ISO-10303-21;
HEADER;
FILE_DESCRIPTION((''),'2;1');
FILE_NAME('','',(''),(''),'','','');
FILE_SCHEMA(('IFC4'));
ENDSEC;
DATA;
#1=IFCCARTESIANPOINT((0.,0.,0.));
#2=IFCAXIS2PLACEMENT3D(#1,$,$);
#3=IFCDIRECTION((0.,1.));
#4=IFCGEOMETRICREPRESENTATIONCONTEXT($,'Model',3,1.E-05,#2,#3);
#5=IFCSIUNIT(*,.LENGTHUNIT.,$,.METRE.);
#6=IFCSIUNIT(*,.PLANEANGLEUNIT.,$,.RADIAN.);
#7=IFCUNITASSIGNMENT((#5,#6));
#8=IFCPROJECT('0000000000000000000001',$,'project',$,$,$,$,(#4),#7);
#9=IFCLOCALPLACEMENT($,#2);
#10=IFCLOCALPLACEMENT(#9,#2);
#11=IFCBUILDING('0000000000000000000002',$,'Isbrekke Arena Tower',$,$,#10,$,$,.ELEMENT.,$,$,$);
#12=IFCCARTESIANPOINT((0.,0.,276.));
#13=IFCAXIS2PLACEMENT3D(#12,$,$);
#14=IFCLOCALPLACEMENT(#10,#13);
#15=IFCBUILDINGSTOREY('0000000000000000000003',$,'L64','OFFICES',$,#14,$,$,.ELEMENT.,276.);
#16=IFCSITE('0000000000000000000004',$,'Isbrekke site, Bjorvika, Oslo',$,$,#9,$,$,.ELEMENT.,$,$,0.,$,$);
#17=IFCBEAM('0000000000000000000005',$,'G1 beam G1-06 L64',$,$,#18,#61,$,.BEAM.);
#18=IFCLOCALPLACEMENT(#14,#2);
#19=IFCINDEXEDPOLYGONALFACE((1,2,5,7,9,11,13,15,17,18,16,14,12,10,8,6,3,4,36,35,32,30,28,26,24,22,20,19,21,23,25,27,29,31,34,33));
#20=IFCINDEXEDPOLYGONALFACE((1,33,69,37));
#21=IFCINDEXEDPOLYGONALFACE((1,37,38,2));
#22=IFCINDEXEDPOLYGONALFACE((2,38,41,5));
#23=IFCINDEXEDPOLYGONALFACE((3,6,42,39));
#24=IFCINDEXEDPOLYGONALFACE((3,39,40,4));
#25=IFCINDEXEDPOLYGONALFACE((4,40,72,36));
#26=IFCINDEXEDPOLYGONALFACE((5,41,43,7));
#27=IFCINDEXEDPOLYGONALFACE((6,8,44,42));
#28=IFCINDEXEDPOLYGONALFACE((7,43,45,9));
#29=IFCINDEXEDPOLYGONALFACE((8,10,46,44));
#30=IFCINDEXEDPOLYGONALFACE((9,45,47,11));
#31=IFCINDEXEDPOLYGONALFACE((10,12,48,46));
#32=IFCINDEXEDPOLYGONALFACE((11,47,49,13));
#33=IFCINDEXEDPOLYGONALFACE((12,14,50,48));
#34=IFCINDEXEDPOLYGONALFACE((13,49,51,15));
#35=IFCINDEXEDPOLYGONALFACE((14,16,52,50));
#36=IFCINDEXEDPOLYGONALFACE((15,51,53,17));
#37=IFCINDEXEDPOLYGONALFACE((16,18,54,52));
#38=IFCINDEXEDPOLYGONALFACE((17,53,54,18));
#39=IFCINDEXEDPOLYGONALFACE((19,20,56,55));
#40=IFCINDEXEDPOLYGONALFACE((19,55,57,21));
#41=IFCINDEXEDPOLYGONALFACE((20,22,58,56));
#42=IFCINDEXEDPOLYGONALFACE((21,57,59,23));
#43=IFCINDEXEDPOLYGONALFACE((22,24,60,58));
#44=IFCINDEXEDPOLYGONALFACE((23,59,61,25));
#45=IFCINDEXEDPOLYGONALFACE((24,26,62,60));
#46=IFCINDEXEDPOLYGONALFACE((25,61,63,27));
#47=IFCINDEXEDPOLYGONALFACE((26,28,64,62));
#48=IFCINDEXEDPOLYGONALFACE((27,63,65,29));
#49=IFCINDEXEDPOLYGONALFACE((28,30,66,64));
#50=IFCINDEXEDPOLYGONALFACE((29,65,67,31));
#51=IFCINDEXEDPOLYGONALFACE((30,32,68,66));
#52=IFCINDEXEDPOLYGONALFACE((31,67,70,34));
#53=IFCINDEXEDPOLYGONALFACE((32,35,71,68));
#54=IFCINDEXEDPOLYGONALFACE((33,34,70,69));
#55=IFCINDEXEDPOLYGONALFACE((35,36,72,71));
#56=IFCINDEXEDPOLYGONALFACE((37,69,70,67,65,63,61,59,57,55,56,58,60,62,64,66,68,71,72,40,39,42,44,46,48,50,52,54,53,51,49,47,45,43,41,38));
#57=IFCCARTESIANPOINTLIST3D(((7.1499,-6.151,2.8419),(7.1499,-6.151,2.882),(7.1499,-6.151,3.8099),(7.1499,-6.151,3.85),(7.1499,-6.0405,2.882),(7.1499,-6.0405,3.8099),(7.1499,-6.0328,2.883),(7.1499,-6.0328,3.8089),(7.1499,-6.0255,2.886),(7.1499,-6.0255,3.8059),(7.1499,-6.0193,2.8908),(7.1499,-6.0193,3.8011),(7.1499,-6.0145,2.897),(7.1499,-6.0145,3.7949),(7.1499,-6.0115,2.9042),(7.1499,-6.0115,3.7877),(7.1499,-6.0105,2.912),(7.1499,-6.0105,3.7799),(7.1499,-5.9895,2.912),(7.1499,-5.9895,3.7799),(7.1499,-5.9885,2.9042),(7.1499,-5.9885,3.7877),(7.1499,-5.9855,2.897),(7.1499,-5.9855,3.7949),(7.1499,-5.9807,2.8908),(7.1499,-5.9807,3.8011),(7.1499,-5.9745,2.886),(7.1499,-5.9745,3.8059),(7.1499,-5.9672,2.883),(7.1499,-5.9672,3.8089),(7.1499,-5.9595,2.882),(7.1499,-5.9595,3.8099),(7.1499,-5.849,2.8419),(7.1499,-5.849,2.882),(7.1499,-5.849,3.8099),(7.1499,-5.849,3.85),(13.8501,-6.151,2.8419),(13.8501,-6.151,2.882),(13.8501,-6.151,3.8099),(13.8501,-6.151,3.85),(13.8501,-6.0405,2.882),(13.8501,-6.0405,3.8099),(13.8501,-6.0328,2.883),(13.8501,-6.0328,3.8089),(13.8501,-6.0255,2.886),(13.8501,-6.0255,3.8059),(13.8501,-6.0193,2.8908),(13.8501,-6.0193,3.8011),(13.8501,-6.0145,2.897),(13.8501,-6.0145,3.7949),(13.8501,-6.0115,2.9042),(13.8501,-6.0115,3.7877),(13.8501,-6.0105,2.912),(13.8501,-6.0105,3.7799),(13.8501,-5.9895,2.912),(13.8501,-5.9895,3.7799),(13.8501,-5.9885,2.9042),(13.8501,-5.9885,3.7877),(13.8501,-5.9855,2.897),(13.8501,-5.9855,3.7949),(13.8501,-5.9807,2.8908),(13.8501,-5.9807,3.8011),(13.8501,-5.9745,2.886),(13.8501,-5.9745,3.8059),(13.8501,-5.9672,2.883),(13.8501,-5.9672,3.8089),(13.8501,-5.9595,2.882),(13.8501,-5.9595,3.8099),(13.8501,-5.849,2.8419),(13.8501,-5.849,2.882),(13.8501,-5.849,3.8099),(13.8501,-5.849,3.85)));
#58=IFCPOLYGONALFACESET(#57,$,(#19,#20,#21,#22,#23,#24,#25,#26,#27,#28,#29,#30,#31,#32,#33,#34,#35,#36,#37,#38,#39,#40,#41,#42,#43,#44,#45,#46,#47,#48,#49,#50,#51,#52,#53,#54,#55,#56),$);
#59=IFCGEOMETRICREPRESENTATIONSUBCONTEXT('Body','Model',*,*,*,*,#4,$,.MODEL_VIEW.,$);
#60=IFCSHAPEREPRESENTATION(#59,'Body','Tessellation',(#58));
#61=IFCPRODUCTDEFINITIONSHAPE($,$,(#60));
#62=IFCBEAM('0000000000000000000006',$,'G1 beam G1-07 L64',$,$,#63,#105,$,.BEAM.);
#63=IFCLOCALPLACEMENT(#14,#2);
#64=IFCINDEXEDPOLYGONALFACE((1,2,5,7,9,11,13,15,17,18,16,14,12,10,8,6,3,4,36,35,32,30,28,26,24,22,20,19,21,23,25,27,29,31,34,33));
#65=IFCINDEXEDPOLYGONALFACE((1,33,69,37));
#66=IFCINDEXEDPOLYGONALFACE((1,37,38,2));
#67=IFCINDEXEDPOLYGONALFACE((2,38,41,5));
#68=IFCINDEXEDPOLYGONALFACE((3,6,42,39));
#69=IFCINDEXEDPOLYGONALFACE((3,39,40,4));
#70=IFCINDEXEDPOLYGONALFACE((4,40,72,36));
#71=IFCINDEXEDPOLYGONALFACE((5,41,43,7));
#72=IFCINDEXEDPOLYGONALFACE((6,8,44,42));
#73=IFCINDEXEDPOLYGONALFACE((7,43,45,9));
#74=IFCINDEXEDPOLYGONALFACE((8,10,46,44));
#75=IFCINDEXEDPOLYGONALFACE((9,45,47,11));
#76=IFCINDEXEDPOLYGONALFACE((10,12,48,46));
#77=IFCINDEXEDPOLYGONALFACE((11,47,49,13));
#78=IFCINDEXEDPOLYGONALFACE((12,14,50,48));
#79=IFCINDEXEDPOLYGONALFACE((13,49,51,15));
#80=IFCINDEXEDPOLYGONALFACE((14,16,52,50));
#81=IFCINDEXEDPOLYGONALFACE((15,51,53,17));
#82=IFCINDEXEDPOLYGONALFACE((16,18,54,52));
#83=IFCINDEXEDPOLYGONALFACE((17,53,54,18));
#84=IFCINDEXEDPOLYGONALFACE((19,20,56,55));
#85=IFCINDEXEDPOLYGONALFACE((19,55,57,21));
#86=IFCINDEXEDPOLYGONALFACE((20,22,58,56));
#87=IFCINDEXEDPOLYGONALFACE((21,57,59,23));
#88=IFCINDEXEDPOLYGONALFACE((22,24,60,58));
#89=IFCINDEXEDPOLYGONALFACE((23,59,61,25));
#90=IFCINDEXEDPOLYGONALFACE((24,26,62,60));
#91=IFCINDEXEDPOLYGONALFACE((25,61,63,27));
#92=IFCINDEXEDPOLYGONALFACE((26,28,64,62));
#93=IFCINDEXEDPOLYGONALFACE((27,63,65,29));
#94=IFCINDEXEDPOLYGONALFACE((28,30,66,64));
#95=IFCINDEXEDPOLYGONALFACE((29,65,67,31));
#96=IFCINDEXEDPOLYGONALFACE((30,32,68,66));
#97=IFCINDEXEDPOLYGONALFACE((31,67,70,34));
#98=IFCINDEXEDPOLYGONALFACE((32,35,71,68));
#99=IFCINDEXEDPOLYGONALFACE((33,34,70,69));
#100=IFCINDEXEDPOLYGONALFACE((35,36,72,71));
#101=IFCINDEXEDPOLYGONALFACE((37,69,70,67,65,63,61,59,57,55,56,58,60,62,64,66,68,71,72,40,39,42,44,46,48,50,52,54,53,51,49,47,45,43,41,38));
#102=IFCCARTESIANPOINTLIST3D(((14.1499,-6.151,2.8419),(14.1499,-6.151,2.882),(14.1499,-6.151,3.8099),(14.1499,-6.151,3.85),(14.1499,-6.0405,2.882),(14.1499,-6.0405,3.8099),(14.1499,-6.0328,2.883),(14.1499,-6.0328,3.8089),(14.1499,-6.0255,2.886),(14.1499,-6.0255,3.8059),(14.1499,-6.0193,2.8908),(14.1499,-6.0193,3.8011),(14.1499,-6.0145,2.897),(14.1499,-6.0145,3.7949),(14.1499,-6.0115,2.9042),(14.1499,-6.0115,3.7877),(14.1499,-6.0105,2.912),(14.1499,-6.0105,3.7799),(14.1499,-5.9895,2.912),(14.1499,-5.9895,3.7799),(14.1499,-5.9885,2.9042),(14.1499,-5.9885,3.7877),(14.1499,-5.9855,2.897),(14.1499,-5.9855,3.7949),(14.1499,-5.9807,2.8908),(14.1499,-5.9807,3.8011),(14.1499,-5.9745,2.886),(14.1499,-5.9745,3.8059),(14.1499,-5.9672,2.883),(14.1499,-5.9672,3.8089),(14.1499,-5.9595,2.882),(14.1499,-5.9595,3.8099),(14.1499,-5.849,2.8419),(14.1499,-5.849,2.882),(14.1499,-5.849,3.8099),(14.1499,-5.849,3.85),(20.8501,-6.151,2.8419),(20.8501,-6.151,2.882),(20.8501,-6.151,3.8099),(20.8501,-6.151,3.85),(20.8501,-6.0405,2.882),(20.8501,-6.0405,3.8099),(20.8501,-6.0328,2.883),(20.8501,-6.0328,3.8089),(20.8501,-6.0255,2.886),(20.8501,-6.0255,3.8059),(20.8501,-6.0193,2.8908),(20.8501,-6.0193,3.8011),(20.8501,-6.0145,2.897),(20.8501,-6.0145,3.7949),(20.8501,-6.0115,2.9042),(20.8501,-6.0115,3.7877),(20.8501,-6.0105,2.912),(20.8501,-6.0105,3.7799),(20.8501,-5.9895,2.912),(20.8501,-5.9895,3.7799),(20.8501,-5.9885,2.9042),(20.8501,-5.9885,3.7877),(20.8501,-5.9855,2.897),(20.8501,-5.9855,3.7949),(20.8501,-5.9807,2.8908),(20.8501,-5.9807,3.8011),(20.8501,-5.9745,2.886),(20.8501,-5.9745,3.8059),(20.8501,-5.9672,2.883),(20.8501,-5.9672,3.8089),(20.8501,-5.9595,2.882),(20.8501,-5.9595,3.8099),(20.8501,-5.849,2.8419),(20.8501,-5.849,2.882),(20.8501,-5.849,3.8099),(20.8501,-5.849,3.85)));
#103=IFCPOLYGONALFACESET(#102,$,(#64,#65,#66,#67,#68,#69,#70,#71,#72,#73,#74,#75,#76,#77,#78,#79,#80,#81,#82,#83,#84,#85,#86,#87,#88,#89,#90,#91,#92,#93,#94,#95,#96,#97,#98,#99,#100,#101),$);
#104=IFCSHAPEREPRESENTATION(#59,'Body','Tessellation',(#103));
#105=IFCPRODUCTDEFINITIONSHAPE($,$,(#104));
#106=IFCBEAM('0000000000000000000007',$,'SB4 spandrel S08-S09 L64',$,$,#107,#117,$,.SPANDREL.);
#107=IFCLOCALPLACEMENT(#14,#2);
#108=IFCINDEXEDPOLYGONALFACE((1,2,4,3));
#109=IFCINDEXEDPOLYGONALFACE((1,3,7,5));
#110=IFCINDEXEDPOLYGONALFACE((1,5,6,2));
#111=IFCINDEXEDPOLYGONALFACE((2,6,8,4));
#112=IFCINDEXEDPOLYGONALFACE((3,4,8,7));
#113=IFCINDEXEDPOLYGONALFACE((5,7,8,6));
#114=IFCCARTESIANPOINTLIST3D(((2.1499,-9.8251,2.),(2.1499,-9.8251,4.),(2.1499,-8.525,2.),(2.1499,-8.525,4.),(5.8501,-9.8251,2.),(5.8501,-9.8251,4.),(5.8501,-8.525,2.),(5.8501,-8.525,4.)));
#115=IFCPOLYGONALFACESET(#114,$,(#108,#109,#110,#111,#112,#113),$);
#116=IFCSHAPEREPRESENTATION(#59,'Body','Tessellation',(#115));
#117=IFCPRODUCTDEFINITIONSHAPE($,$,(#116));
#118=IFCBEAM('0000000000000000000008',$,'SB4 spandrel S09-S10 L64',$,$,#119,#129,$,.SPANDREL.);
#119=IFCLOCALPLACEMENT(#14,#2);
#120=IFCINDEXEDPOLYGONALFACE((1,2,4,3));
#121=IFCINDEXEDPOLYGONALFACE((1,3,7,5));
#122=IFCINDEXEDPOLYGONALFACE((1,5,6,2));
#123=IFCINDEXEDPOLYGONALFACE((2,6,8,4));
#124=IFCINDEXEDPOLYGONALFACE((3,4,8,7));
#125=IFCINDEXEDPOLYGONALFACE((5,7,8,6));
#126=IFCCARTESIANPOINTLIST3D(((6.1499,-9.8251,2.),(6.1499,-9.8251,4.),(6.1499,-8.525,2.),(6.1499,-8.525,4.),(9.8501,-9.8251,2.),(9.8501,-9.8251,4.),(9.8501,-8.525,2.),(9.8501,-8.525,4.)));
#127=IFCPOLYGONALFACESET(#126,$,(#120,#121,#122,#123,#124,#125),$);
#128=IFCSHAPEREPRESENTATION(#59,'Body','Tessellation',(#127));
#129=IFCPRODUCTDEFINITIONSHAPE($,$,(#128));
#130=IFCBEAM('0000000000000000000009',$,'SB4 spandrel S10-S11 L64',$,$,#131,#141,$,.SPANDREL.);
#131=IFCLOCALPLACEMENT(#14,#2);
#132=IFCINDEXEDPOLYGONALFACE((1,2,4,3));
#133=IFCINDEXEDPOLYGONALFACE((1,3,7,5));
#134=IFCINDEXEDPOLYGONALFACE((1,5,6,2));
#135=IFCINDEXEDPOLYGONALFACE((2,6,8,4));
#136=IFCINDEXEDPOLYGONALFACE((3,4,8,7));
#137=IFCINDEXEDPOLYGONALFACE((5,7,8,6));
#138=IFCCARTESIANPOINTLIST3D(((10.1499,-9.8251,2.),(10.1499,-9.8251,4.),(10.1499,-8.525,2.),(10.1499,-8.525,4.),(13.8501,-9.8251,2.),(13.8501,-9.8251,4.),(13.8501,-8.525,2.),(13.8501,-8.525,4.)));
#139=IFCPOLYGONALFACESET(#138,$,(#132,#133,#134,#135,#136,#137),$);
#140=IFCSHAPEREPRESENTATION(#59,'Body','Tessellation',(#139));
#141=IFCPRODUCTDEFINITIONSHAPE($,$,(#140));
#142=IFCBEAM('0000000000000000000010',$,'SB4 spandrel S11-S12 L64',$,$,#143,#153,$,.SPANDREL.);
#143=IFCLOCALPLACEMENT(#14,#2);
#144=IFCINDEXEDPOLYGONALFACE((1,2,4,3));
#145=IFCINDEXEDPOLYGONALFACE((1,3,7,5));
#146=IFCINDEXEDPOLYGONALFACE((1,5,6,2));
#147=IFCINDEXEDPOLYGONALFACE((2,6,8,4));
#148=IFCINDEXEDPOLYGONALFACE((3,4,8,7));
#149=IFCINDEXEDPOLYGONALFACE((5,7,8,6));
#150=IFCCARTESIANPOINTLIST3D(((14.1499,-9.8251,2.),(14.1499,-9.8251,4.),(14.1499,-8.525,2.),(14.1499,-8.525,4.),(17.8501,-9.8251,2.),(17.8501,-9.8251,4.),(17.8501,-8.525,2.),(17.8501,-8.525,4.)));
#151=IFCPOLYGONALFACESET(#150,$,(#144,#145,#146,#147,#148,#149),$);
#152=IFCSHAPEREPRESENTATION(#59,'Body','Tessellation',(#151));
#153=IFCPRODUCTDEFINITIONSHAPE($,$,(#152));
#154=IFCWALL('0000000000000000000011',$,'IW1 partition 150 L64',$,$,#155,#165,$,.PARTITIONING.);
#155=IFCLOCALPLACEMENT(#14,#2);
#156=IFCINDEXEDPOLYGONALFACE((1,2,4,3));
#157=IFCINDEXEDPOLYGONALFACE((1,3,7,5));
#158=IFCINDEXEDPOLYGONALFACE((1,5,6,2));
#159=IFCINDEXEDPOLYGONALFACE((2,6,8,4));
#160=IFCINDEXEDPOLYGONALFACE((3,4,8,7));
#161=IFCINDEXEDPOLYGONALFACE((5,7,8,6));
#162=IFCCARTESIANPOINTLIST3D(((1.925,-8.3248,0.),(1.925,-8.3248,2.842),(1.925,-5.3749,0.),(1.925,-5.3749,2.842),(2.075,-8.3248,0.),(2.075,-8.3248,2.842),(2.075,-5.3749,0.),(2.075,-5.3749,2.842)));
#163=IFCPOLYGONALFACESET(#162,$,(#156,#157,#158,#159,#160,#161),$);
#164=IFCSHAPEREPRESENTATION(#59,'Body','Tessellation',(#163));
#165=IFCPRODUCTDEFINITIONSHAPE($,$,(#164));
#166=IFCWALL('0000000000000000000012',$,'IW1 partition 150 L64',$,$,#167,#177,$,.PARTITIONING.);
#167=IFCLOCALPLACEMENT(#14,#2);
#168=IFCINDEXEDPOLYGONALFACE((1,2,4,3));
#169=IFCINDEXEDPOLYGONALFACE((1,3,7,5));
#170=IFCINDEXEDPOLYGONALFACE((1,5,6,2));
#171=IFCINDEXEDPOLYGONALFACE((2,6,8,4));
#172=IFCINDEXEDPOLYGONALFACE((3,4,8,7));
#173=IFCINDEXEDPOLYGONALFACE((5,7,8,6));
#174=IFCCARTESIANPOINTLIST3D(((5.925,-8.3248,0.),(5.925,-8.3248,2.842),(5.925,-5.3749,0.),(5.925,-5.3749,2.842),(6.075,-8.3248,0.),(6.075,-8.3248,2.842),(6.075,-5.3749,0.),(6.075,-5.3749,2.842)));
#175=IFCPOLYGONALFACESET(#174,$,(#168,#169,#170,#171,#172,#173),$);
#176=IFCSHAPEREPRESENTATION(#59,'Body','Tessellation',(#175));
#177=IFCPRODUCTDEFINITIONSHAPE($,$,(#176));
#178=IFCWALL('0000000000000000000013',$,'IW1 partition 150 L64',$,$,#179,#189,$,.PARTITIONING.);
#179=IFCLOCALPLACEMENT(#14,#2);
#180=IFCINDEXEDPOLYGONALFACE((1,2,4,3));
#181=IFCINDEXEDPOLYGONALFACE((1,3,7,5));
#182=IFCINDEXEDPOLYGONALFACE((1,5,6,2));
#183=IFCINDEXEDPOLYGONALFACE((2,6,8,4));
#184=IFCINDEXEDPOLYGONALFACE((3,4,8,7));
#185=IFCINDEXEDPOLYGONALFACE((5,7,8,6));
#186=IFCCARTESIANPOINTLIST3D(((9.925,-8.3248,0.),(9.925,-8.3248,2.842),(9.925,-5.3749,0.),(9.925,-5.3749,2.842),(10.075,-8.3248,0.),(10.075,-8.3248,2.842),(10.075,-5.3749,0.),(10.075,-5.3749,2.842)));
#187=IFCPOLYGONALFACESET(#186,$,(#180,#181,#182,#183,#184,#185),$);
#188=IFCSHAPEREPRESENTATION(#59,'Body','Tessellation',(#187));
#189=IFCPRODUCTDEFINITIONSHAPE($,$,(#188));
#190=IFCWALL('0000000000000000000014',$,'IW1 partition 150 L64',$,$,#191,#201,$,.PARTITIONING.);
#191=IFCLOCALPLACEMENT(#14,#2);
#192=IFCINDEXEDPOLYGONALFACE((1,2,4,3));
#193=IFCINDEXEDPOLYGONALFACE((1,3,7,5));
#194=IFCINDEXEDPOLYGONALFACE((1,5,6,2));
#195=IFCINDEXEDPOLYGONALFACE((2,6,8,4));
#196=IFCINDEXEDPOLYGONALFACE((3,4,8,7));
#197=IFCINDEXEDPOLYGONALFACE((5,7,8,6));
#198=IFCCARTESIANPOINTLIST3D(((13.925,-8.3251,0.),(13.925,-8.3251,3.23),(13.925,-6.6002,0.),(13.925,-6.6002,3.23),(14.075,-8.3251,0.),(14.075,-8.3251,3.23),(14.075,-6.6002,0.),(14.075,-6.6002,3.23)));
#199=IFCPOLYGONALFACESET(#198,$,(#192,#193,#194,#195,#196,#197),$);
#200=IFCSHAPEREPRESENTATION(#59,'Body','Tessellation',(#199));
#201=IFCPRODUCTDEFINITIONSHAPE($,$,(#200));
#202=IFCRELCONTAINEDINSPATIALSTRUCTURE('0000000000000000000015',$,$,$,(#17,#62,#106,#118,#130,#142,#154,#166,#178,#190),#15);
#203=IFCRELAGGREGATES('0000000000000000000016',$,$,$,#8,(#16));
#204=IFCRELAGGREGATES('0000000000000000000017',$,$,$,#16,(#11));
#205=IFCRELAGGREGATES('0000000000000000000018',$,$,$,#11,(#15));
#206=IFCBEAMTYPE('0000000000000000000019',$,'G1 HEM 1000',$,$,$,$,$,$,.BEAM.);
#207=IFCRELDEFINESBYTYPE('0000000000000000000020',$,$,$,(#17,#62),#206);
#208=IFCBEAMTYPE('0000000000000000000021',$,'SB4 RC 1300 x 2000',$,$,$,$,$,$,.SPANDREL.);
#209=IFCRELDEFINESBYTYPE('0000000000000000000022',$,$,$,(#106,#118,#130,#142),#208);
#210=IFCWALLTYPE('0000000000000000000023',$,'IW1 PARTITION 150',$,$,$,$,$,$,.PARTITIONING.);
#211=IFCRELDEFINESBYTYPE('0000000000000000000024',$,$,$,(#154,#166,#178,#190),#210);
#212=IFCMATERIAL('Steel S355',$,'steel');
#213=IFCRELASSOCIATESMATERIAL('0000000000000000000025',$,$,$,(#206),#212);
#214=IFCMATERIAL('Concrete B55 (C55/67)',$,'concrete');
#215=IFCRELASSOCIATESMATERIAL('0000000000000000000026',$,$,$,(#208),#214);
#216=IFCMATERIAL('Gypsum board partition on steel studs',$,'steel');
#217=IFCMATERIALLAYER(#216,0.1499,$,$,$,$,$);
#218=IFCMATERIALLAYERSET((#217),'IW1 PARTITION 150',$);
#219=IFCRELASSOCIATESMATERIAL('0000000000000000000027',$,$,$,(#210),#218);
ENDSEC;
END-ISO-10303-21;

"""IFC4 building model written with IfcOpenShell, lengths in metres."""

from ifc_helpers import new_model, si_unit, direction, frame, frame_2d, origin, origin_2d, place, context, subcontext, project, spatial, rectangle, i_section, extrude, material, layer, layer_set, material_profile, profile_set, type_object, element, save


model = new_model("IFC4")

# Units and contexts
model_context = context("Model", 3, precision=1e-05, world=origin(), true_north=direction((0.0, 1.0)))
body_context = subcontext(model_context, "Body", "Model", "MODEL_VIEW")
ifc_project = project(units=[si_unit("LENGTHUNIT", "METRE"), si_unit("PLANEANGLEUNIT", "RADIAN")], contexts=[model_context])

# Site, building, storey
site_placement = place(None, origin())
site = spatial("IfcSite", under=ifc_project, at=site_placement, Name="Isbrekke site, Bjorvika, Oslo", CompositionType="ELEMENT", RefElevation=0.0)
building_placement = place(site_placement, origin())
building = spatial("IfcBuilding", under=site, at=building_placement, Name="Isbrekke Arena Tower", CompositionType="ELEMENT")
storey_placement = place(building_placement, frame((0.0, 0.0, 276.0)))
storey = spatial("IfcBuildingStorey", under=building, at=storey_placement, Name="L64", Description="OFFICES", CompositionType="ELEMENT", Elevation=276.0)

# Beams
ifc_material_1 = material(Name="Steel S355", Category="steel")
ifc_material_profile_1 = material_profile(ifc_material_1, i_section(OverallWidth=0.302, OverallDepth=1.0081, WebThickness=0.021, FlangeThickness=0.04, FilletRadius=0.03, at=origin_2d()), Name="HEM 1000")
ifc_profile_set_1 = profile_set([ifc_material_profile_1], Name="Steel S355")
beam_type_1 = type_object("IfcBeamType", Name="G1 HEM 1000", PredefinedType="BEAM", material=ifc_profile_set_1)
for number, where, z_axis, x_axis, name in (
    (1, (7.1499, -6.0, 3.3459), (1.0, 0.0, 0.0), (0.0, 1.0, 0.0), "G1 beam G1-06 L64"),
    (2, (14.1499, -6.0, 3.3459), (1.0, 0.0, 0.0), (0.0, 1.0, 0.0), "G1 beam G1-07 L64"),
):
    element("IfcBeam", number, at=place(storey_placement, frame(where, z_axis=z_axis, x_axis=x_axis)), inside=storey, type_object=beam_type_1, Name=name, PredefinedType="BEAM", context=body_context, shape_type="SweptSolid", body=[
        extrude(i_section(OverallWidth=0.302, OverallDepth=1.0081, WebThickness=0.021, FlangeThickness=0.04, FilletRadius=0.03, at=origin_2d()), origin(), (0.0, 0.0, 1.0), 6.7002),
    ])
ifc_material_2 = material(Name="Concrete B55 (C55/67)", Category="concrete")
ifc_material_profile_2 = material_profile(ifc_material_2, rectangle(XDim=1.3, YDim=2.0, at=origin_2d()), Name="RC 1300x2000")
ifc_profile_set_2 = profile_set([ifc_material_profile_2], Name="Concrete B55 (C55/67)")
beam_type_2 = type_object("IfcBeamType", Name="SB4 RC 1300 x 2000", PredefinedType="SPANDREL", material=ifc_profile_set_2)
for number, where, z_axis, x_axis, name in (
    (3, (2.1499, -9.175, 3.0), (1.0, 0.0, 0.0), (0.0, 1.0, 0.0), "SB4 spandrel S08-S09 L64"),
    (4, (6.1499, -9.175, 3.0), (1.0, 0.0, 0.0), (0.0, 1.0, 0.0), "SB4 spandrel S09-S10 L64"),
    (5, (10.1499, -9.175, 3.0), (1.0, 0.0, 0.0), (0.0, 1.0, 0.0), "SB4 spandrel S10-S11 L64"),
    (6, (14.1499, -9.175, 3.0), (1.0, 0.0, 0.0), (0.0, 1.0, 0.0), "SB4 spandrel S11-S12 L64"),
):
    element("IfcBeam", number, at=place(storey_placement, frame(where, z_axis=z_axis, x_axis=x_axis)), inside=storey, type_object=beam_type_2, Name=name, PredefinedType="SPANDREL", context=body_context, shape_type="SweptSolid", body=[
        extrude(rectangle(XDim=1.3, YDim=2.0, at=origin_2d()), origin(), (0.0, 0.0, 1.0), 3.7002),
    ])

# Walls
ifc_material_3 = material(Name="Gypsum board partition on steel studs", Category="steel")
ifc_layer_1 = layer(ifc_material_3, 0.1499)
ifc_layer_set_1 = layer_set([ifc_layer_1], Name="IW1 PARTITION 150")
wall_type = type_object("IfcWallType", Name="IW1 PARTITION 150", PredefinedType="PARTITIONING", material=ifc_layer_set_1)
for number, where, z_axis, x_axis, name in (
    (7, (2.0, -8.325, 0.0), (0.0, 0.0, 1.0), (0.0, 1.0, 0.0), "IW1 partition 150 L64"),
    (8, (6.0, -8.325, 0.0), (0.0, 0.0, 1.0), (0.0, 1.0, 0.0), "IW1 partition 150 L64"),
    (9, (10.0, -8.325, 0.0), (0.0, 0.0, 1.0), (0.0, 1.0, 0.0), "IW1 partition 150 L64"),
):
    element("IfcWall", number, at=place(storey_placement, frame(where, z_axis=z_axis, x_axis=x_axis)), inside=storey, type_object=wall_type, Name=name, PredefinedType="PARTITIONING", context=body_context, shape_type="SweptSolid", body=[
        extrude(rectangle(XDim=2.95, YDim=0.1499, at=frame_2d((1.4751, 0.0))), origin(), (0.0, 0.0, 1.0), 2.842),
    ])
wall_placement = place(storey_placement, frame((14.0, -8.325, 0.0), z_axis=(0.0, 0.0, 1.0), x_axis=(0.0, 1.0, 0.0)))
element("IfcWall", 10, at=wall_placement, inside=storey, type_object=wall_type, Name="IW1 partition 150 L64", PredefinedType="PARTITIONING", context=body_context, shape_type="SweptSolid", body=[
    extrude(rectangle(XDim=1.7249, YDim=0.1499, at=frame_2d((0.8623, 0.0))), origin(), (0.0, 0.0, 1.0), 3.23),
])

save(model, "model.ifc")
